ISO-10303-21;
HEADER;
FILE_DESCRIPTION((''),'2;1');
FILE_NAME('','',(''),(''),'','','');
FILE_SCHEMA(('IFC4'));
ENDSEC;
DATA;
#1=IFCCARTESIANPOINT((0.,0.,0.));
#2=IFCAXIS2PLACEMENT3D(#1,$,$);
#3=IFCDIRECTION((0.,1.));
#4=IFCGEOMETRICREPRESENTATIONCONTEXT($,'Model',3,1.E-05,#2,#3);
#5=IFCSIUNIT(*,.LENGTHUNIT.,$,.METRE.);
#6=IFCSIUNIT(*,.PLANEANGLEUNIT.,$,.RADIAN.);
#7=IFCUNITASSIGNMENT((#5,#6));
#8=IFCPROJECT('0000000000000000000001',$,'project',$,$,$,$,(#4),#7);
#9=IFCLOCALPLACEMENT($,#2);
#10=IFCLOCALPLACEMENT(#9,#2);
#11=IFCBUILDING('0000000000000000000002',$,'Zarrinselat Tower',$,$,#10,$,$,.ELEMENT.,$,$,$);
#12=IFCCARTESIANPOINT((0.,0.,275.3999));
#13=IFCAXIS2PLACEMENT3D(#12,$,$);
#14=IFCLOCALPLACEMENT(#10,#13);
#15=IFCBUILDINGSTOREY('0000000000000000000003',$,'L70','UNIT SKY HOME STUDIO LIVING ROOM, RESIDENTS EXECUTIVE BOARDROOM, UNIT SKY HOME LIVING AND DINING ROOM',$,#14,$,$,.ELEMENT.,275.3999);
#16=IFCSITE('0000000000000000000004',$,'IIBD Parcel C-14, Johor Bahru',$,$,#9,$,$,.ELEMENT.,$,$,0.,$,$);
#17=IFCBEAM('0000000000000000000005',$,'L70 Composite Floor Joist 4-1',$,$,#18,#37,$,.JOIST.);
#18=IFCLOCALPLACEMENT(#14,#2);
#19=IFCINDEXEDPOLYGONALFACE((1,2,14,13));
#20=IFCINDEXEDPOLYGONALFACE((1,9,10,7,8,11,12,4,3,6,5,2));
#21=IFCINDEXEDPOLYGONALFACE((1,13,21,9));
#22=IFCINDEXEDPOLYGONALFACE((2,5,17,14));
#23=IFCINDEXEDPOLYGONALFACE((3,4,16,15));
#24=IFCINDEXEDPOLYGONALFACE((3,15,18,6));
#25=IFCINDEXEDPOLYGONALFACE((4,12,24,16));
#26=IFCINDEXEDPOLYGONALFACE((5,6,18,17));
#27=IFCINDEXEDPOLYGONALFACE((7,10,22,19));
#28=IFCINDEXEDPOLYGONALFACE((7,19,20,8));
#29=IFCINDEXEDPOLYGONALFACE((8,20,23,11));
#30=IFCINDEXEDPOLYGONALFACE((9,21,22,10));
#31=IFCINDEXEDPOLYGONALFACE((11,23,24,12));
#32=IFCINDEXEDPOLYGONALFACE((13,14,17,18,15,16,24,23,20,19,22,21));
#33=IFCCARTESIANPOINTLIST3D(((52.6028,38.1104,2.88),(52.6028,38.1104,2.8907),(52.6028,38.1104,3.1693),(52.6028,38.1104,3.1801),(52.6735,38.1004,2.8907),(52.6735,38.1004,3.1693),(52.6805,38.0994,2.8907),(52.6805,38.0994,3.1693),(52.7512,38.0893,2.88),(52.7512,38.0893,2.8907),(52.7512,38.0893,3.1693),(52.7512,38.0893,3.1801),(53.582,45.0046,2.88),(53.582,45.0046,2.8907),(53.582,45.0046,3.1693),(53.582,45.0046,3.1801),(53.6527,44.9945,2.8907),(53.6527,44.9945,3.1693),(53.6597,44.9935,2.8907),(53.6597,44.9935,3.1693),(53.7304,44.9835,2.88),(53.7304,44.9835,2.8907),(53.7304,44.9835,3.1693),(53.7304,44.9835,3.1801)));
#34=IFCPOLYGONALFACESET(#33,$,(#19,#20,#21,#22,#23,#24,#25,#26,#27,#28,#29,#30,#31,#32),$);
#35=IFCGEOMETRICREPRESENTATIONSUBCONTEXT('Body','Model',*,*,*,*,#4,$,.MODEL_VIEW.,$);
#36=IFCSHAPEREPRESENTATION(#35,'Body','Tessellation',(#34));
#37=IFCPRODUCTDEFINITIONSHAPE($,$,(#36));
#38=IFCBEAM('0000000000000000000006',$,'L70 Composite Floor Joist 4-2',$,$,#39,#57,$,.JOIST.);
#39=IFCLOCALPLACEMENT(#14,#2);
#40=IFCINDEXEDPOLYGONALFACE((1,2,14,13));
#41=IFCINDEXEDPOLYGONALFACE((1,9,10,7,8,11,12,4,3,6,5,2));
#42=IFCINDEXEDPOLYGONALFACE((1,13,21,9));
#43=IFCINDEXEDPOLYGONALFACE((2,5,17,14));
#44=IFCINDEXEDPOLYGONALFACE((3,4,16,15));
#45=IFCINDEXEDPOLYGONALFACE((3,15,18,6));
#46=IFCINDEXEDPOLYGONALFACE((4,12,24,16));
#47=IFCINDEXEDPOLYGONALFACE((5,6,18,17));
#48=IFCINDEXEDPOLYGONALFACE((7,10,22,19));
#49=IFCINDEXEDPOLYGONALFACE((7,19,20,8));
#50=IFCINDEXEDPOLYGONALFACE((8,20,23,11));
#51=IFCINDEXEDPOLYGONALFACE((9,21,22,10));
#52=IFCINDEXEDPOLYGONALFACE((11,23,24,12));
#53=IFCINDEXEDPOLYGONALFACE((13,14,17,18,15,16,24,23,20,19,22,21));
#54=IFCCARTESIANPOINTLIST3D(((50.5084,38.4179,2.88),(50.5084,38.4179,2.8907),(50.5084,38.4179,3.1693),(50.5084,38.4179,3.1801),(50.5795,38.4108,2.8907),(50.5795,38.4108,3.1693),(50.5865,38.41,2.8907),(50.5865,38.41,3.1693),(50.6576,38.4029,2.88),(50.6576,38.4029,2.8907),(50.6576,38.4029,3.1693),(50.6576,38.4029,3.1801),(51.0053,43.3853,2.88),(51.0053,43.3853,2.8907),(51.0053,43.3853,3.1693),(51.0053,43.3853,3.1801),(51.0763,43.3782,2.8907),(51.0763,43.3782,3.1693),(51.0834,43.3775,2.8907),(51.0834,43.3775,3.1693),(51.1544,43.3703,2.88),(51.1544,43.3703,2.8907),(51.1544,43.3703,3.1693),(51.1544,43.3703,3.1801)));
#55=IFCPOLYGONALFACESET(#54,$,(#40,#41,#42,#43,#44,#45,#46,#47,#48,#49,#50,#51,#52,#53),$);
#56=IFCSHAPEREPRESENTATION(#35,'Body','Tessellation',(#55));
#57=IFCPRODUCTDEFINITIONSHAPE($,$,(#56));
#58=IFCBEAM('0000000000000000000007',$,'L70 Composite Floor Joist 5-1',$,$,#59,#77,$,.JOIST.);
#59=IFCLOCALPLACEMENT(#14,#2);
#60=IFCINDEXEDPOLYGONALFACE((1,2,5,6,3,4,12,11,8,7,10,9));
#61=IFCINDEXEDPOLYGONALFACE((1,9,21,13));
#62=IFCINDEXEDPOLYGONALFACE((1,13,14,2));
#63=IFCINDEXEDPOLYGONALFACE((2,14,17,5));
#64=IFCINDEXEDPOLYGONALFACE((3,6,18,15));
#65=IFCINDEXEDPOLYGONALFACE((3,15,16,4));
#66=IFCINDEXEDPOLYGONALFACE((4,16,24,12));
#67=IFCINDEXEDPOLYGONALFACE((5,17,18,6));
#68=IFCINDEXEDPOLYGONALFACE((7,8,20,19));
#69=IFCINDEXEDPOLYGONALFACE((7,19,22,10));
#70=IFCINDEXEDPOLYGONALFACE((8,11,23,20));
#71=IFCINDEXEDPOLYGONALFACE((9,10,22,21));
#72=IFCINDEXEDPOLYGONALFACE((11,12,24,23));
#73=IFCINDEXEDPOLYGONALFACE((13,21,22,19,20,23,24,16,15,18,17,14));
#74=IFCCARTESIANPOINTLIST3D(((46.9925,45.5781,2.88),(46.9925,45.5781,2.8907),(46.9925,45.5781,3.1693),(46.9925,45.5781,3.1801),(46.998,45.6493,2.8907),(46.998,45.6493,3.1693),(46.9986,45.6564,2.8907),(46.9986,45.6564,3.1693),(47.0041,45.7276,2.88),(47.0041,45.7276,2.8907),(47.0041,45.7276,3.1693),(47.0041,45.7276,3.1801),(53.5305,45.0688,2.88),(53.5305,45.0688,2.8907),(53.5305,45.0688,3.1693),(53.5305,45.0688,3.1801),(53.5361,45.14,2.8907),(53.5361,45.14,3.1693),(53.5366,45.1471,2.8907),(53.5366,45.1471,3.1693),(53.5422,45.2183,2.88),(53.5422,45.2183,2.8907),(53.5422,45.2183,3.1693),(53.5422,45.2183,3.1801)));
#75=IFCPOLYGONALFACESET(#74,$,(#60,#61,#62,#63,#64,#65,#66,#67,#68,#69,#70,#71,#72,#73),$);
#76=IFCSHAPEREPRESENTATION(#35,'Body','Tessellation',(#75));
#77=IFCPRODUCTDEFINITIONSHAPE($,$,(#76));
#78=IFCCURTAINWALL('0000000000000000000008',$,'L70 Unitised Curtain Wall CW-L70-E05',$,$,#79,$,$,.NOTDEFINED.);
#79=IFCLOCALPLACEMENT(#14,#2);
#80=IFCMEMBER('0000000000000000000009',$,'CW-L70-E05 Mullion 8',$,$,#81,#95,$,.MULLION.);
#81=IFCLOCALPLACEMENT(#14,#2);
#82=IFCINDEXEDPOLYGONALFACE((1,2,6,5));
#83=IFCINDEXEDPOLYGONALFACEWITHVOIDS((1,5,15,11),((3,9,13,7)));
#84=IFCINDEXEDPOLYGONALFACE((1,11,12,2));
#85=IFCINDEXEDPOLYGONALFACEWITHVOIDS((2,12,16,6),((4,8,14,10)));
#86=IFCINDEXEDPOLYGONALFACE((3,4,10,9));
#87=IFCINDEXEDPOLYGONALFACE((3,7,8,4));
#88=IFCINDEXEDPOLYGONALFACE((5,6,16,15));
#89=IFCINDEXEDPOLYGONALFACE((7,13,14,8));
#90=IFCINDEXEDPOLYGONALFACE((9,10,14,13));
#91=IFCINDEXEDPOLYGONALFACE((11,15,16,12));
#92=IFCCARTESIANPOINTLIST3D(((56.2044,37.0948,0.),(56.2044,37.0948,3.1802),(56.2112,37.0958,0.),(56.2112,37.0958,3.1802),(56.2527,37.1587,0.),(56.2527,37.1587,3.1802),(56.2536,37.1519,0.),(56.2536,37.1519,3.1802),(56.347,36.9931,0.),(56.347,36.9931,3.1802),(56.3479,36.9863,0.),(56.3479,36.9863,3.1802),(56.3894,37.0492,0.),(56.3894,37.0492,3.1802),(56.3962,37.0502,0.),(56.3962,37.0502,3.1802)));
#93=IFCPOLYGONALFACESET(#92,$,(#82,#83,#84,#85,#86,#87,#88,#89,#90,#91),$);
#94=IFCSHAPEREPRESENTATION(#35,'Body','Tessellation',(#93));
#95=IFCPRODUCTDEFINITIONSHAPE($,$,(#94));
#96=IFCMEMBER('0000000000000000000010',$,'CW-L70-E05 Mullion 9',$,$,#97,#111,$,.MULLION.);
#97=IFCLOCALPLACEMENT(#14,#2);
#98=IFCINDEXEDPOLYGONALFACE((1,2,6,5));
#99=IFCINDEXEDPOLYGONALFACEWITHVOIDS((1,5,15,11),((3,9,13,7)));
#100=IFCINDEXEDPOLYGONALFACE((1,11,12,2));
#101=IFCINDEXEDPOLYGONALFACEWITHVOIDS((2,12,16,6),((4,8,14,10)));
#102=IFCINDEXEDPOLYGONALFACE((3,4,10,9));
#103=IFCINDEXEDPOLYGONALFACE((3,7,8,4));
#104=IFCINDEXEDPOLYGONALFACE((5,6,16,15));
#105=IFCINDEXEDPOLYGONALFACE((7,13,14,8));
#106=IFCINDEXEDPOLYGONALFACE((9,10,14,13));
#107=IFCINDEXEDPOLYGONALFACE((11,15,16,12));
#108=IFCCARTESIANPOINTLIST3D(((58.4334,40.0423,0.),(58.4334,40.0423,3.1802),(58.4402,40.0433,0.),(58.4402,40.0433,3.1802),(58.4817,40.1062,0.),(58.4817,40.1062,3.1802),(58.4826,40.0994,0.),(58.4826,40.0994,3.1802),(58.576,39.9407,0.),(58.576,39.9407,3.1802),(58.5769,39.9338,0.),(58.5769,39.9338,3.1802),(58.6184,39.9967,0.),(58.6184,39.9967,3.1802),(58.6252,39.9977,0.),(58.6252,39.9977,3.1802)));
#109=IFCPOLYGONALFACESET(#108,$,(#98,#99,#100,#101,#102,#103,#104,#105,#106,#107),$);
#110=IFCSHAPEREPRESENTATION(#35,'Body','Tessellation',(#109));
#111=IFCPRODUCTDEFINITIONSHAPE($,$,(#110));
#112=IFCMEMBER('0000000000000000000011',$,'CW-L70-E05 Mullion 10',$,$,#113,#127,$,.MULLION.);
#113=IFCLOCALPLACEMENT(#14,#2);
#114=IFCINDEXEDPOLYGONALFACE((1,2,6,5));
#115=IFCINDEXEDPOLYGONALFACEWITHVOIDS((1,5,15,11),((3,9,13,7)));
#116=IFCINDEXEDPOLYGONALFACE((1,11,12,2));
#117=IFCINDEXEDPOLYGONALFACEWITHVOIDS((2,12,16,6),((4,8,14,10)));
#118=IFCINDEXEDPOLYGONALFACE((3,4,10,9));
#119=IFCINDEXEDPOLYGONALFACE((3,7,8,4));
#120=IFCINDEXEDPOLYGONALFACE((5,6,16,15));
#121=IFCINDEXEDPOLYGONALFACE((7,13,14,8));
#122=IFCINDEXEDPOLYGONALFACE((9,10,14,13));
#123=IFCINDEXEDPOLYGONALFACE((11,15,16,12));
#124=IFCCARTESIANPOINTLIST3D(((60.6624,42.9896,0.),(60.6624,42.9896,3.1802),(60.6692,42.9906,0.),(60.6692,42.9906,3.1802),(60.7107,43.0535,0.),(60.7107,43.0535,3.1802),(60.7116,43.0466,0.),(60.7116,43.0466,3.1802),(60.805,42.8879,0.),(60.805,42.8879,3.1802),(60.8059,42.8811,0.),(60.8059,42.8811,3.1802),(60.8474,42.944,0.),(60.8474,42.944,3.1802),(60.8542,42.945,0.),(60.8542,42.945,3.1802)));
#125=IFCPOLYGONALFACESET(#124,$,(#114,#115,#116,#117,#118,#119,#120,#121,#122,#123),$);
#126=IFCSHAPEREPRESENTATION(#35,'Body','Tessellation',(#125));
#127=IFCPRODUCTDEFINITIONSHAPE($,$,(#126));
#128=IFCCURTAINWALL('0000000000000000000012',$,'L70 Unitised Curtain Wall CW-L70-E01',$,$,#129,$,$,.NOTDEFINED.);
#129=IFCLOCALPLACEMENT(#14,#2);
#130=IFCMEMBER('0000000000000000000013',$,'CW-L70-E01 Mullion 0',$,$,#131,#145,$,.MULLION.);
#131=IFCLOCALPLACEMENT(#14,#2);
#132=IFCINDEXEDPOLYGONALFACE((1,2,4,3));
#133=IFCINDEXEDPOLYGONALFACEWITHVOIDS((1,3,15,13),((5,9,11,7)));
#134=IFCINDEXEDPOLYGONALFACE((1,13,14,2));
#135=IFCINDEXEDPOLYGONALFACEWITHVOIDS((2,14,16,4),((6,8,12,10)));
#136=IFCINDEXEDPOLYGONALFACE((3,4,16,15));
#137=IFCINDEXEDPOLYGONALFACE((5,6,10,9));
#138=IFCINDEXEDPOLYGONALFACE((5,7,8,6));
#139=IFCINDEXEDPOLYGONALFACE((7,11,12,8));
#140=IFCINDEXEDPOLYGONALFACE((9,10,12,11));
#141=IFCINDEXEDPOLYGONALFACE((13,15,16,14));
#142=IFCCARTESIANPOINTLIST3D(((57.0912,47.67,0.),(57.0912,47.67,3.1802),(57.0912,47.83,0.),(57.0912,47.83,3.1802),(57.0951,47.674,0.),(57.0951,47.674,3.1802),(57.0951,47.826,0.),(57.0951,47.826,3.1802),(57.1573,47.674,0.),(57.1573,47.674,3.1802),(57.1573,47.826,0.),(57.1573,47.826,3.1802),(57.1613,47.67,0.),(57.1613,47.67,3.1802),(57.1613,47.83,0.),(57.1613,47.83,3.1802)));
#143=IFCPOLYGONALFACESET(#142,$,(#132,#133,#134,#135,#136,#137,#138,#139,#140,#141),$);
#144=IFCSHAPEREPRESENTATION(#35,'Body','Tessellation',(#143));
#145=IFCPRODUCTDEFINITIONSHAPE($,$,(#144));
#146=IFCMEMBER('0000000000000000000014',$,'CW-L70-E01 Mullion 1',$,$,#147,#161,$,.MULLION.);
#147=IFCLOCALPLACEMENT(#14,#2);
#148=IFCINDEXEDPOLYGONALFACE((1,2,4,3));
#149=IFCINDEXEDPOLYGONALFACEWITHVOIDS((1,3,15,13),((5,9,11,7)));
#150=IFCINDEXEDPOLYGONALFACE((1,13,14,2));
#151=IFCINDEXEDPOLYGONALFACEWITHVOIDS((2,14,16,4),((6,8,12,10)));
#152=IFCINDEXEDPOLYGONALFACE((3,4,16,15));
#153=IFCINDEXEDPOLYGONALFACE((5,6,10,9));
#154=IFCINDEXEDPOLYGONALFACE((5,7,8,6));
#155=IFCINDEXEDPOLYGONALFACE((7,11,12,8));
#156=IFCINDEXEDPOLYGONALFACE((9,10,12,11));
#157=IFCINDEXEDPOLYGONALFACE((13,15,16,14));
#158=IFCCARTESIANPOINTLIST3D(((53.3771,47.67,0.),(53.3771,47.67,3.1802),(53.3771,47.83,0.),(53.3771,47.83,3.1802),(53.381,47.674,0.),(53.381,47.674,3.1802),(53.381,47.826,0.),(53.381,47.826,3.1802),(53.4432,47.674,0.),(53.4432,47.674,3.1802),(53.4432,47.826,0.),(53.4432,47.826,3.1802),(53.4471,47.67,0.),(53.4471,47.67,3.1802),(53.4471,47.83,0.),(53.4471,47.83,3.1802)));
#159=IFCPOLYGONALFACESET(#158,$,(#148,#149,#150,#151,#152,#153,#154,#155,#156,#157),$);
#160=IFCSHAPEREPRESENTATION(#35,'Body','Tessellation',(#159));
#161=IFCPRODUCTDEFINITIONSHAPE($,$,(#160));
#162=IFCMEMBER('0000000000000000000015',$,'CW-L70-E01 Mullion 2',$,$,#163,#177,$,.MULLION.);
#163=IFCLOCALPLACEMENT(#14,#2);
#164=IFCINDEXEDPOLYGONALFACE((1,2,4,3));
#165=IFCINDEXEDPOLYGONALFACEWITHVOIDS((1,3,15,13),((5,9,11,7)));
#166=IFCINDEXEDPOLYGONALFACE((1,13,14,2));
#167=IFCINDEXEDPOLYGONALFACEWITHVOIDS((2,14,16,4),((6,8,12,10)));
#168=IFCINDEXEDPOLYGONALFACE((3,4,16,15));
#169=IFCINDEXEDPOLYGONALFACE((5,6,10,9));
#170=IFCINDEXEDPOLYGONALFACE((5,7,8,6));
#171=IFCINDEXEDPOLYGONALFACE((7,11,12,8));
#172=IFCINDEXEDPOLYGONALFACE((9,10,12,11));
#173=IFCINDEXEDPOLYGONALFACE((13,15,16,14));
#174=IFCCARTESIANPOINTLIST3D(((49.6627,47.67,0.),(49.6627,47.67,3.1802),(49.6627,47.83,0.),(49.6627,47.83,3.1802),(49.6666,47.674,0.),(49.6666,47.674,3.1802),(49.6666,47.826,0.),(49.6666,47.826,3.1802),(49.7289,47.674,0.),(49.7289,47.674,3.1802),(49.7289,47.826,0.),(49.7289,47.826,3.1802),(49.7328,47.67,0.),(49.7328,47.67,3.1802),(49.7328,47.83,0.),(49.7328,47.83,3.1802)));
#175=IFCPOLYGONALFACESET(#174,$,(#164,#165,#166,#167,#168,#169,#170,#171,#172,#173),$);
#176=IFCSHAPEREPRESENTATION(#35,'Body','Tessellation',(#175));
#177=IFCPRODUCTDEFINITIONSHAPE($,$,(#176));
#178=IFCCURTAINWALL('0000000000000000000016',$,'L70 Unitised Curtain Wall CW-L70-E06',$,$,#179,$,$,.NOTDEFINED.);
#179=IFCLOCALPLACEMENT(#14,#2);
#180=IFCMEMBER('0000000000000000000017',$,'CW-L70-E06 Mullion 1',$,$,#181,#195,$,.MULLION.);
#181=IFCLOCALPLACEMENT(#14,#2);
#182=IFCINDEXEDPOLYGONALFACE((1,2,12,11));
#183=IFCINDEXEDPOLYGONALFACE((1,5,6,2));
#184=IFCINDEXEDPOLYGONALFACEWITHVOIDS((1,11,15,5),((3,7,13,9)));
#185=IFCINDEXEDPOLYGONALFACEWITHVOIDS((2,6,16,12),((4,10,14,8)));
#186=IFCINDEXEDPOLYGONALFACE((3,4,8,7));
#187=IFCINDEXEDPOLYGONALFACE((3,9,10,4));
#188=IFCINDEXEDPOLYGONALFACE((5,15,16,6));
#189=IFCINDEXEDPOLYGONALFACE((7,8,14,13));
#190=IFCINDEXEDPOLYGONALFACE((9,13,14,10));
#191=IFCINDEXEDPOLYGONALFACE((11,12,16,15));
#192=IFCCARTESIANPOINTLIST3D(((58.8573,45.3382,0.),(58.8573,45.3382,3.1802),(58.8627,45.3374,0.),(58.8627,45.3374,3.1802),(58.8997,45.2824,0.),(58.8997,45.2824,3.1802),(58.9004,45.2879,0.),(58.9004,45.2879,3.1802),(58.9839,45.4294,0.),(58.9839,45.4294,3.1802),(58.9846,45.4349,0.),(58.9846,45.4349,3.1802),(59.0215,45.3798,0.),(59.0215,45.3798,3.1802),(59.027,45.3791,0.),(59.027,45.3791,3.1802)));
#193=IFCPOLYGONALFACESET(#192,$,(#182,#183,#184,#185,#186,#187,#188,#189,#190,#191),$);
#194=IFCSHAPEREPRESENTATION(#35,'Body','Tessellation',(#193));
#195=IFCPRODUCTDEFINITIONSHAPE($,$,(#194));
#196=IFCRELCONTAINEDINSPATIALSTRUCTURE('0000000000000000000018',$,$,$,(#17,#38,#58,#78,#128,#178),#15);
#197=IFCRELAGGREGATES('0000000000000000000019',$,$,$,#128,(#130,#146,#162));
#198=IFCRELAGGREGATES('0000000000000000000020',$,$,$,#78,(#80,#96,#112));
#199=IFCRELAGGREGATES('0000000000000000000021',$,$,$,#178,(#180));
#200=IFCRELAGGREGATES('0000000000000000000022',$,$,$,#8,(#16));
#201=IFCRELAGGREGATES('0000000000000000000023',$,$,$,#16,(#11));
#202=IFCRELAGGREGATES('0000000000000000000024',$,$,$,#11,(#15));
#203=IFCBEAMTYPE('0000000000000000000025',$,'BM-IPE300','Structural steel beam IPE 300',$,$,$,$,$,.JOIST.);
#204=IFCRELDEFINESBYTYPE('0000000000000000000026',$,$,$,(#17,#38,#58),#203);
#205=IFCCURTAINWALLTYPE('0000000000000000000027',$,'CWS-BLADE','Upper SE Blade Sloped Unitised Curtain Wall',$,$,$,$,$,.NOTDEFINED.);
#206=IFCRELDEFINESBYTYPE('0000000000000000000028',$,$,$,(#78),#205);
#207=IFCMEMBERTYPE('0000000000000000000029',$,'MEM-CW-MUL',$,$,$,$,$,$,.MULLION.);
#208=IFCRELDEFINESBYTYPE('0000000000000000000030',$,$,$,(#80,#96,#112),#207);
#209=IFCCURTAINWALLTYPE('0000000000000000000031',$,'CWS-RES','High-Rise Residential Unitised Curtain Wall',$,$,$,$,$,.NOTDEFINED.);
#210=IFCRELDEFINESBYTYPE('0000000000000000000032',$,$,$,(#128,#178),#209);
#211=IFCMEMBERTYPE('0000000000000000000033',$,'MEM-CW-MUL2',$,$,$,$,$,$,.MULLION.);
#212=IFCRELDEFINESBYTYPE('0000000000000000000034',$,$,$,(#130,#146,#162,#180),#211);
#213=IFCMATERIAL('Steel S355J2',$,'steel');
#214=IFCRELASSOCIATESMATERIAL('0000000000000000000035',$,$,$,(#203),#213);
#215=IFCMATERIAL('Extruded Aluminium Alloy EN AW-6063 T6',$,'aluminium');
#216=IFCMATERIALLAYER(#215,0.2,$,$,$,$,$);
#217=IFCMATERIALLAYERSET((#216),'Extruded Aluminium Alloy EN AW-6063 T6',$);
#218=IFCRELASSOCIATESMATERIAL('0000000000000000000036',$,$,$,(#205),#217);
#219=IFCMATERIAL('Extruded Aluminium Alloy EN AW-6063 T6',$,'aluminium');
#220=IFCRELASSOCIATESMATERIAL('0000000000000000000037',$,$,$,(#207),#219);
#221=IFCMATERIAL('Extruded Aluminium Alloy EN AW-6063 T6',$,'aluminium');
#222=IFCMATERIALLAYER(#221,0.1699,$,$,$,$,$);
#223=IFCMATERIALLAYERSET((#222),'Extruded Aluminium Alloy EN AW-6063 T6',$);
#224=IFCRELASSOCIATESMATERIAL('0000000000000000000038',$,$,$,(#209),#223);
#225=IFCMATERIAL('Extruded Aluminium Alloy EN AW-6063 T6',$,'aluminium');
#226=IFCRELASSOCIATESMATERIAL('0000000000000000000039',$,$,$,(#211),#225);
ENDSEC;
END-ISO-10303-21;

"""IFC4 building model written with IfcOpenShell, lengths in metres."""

from ifc_helpers import new_model, si_unit, direction, frame, origin, origin_2d, place, context, subcontext, project, spatial, hollow_rectangle, i_section, extrude, material, layer, layer_set, material_profile, profile_set, type_object, element, aggregate, save


model = new_model("IFC4")

# Units and contexts
model_context = context("Model", 3, precision=1e-05, world=origin(), true_north=direction((0.0, 1.0)))
body_context = subcontext(model_context, "Body", "Model", "MODEL_VIEW")
ifc_project = project(units=[si_unit("LENGTHUNIT", "METRE"), si_unit("PLANEANGLEUNIT", "RADIAN")], contexts=[model_context])

# Site, building, storey
site_placement = place(None, origin())
site = spatial("IfcSite", under=ifc_project, at=site_placement, Name="IIBD Parcel C-14, Johor Bahru", CompositionType="ELEMENT", RefElevation=0.0)
building_placement = place(site_placement, origin())
building = spatial("IfcBuilding", under=site, at=building_placement, Name="Zarrinselat Tower", CompositionType="ELEMENT")
storey_placement = place(building_placement, frame((0.0, 0.0, 275.3999)))
storey = spatial("IfcBuildingStorey", under=building, at=storey_placement, Name="L70", Description="UNIT SKY HOME STUDIO LIVING ROOM, RESIDENTS EXECUTIVE BOARDROOM, UNIT SKY HOME LIVING AND DINING ROOM", CompositionType="ELEMENT", Elevation=275.3999)

# Beams
ifc_material_1 = material(Name="Steel S355J2", Category="steel")
ifc_material_profile_1 = material_profile(ifc_material_1, i_section(OverallWidth=0.1499, OverallDepth=0.3, WebThickness=0.0071, FlangeThickness=0.0107, at=origin_2d()), Name="IPE 300")
ifc_profile_set_1 = profile_set([ifc_material_profile_1], Name="Steel S355J2")
beam_type_1 = type_object("IfcBeamType", Name="BM-IPE300", Description="Structural steel beam IPE 300", PredefinedType="JOIST", material=ifc_profile_set_1)
beam_1_placement = place(storey_placement, frame((52.677, 38.0999, 3.03), z_axis=(0.140626, 0.990063, 0.0), x_axis=(-0.990063, 0.140626, 0.0)))
element("IfcBeam", 1, at=beam_1_placement, inside=storey, type_object=beam_type_1, Name="L70 Composite Floor Joist 4-1", PredefinedType="JOIST", context=body_context, shape_type="SweptSolid", body=[
    extrude(i_section(OverallWidth=0.1499, OverallDepth=0.3, WebThickness=0.0071, FlangeThickness=0.0107, at=origin_2d()), origin(), (0.0, 0.0, 1.0), 6.9634),
])
beam_2_placement = place(storey_placement, frame((50.583, 38.4104, 3.03), z_axis=(0.099523, 0.995035, 0.0), x_axis=(-0.995035, 0.099523, 0.0)))
element("IfcBeam", 2, at=beam_2_placement, inside=storey, type_object=beam_type_1, Name="L70 Composite Floor Joist 4-2", PredefinedType="JOIST", context=body_context, shape_type="SweptSolid", body=[
    extrude(i_section(OverallWidth=0.1499, OverallDepth=0.3, WebThickness=0.0071, FlangeThickness=0.0107, at=origin_2d()), origin(), (0.0, 0.0, 1.0), 4.9922),
])
beam_3_placement = place(storey_placement, frame((46.9983, 45.6528, 3.03), z_axis=(0.99698, -0.077659, 0.0), x_axis=(0.077659, 0.99698, 0.0)))
element("IfcBeam", 3, at=beam_3_placement, inside=storey, type_object=beam_type_1, Name="L70 Composite Floor Joist 5-1", PredefinedType="JOIST", context=body_context, shape_type="SweptSolid", body=[
    extrude(i_section(OverallWidth=0.1499, OverallDepth=0.3, WebThickness=0.0071, FlangeThickness=0.0107, at=origin_2d()), origin(), (0.0, 0.0, 1.0), 6.5579),
])

# Curtain walls, members
ifc_material_2 = material(Name="Extruded Aluminium Alloy EN AW-6063 T6", Category="aluminium")
ifc_layer_1 = layer(ifc_material_2, 0.2)
ifc_layer_set_1 = layer_set([ifc_layer_1], Name="Extruded Aluminium Alloy EN AW-6063 T6")
curtain_wall_type_1 = type_object("IfcCurtainWallType", Name="CWS-BLADE", Description="Upper SE Blade Sloped Unitised Curtain Wall", PredefinedType="NOTDEFINED", material=ifc_layer_set_1)
curtain_wall_1_placement = place(storey_placement, origin())
curtain_wall_1 = element("IfcCurtainWall", 4, at=curtain_wall_1_placement, inside=storey, type_object=curtain_wall_type_1, Name="L70 Unitised Curtain Wall CW-L70-E05", PredefinedType="NOTDEFINED")
ifc_material_3 = material(Name="Extruded Aluminium Alloy EN AW-6063 T6", Category="aluminium")
ifc_material_profile_2 = material_profile(ifc_material_3, hollow_rectangle(XDim=0.0801, YDim=0.1799, WallThickness=0.0049, at=origin_2d()), Name="RHS 180x80x5")
ifc_profile_set_2 = profile_set([ifc_material_profile_2], Name="Extruded Aluminium Alloy EN AW-6063 T6")
member_type_1 = type_object("IfcMemberType", Name="MEM-CW-MUL", PredefinedType="MULLION", material=ifc_profile_set_2)
member_1_placement = place(storey_placement, frame((56.3003, 37.0725, 0.0), z_axis=(0.0, 0.0, 1.0), x_axis=(0.60317, 0.797613, 0.0)))
member_1 = element("IfcMember", 5, at=member_1_placement, type_object=member_type_1, Name="CW-L70-E05 Mullion 8", PredefinedType="MULLION", context=body_context, shape_type="SweptSolid", body=[
    extrude(hollow_rectangle(XDim=0.0801, YDim=0.1799, WallThickness=0.0049, at=origin_2d()), origin(), (0.0, 0.0, 1.0), 3.1802),
])
member_2_placement = place(storey_placement, frame((58.5293, 40.02, 0.0), z_axis=(0.0, 0.0, 1.0), x_axis=(0.60317, 0.797613, 0.0)))
member_2 = element("IfcMember", 6, at=member_2_placement, type_object=member_type_1, Name="CW-L70-E05 Mullion 9", PredefinedType="MULLION", context=body_context, shape_type="SweptSolid", body=[
    extrude(hollow_rectangle(XDim=0.0801, YDim=0.1799, WallThickness=0.0049, at=origin_2d()), origin(), (0.0, 0.0, 1.0), 3.1802),
])
member_3_placement = place(storey_placement, frame((60.7583, 42.9673, 0.0), z_axis=(0.0, 0.0, 1.0), x_axis=(0.60317, 0.797613, 0.0)))
member_3 = element("IfcMember", 7, at=member_3_placement, type_object=member_type_1, Name="CW-L70-E05 Mullion 10", PredefinedType="MULLION", context=body_context, shape_type="SweptSolid", body=[
    extrude(hollow_rectangle(XDim=0.0801, YDim=0.1799, WallThickness=0.0049, at=origin_2d()), origin(), (0.0, 0.0, 1.0), 3.1802),
])
ifc_material_4 = material(Name="Extruded Aluminium Alloy EN AW-6063 T6", Category="aluminium")
ifc_layer_2 = layer(ifc_material_4, 0.1699)
ifc_layer_set_2 = layer_set([ifc_layer_2], Name="Extruded Aluminium Alloy EN AW-6063 T6")
curtain_wall_type_2 = type_object("IfcCurtainWallType", Name="CWS-RES", Description="High-Rise Residential Unitised Curtain Wall", PredefinedType="NOTDEFINED", material=ifc_layer_set_2)
curtain_wall_2_placement = place(storey_placement, origin())
curtain_wall_2 = element("IfcCurtainWall", 8, at=curtain_wall_2_placement, inside=storey, type_object=curtain_wall_type_2, Name="L70 Unitised Curtain Wall CW-L70-E01", PredefinedType="NOTDEFINED")
ifc_material_5 = material(Name="Extruded Aluminium Alloy EN AW-6063 T6", Category="aluminium")
ifc_material_profile_3 = material_profile(ifc_material_5, hollow_rectangle(XDim=0.0701, YDim=0.1599, WallThickness=0.0039, at=origin_2d()), Name="RHS 160x70x4")
ifc_profile_set_3 = profile_set([ifc_material_profile_3], Name="Extruded Aluminium Alloy EN AW-6063 T6")
member_type_2 = type_object("IfcMemberType", Name="MEM-CW-MUL2", PredefinedType="MULLION", material=ifc_profile_set_3)
member_4_placement = place(storey_placement, frame((57.1262, 47.75, 0.0), z_axis=(0.0, 0.0, 1.0), x_axis=(-1.0, 0.0, 0.0)))
member_4 = element("IfcMember", 9, at=member_4_placement, type_object=member_type_2, Name="CW-L70-E01 Mullion 0", PredefinedType="MULLION", context=body_context, shape_type="SweptSolid", body=[
    extrude(hollow_rectangle(XDim=0.0701, YDim=0.1599, WallThickness=0.0039, at=origin_2d()), origin(), (0.0, 0.0, 1.0), 3.1802),
])
member_5_placement = place(storey_placement, frame((53.4121, 47.75, 0.0), z_axis=(0.0, 0.0, 1.0), x_axis=(-1.0, 0.0, 0.0)))
member_5 = element("IfcMember", 10, at=member_5_placement, type_object=member_type_2, Name="CW-L70-E01 Mullion 1", PredefinedType="MULLION", context=body_context, shape_type="SweptSolid", body=[
    extrude(hollow_rectangle(XDim=0.0701, YDim=0.1599, WallThickness=0.0039, at=origin_2d()), origin(), (0.0, 0.0, 1.0), 3.1802),
])
member_6_placement = place(storey_placement, frame((49.6978, 47.75, 0.0), z_axis=(0.0, 0.0, 1.0), x_axis=(-1.0, 0.0, 0.0)))
member_6 = element("IfcMember", 11, at=member_6_placement, type_object=member_type_2, Name="CW-L70-E01 Mullion 2", PredefinedType="MULLION", context=body_context, shape_type="SweptSolid", body=[
    extrude(hollow_rectangle(XDim=0.0701, YDim=0.1599, WallThickness=0.0039, at=origin_2d()), origin(), (0.0, 0.0, 1.0), 3.1802),
])

# Curtain wall, member
curtain_wall_3_placement = place(storey_placement, origin())
curtain_wall_3 = element("IfcCurtainWall", 12, at=curtain_wall_3_placement, inside=storey, type_object=curtain_wall_type_2, Name="L70 Unitised Curtain Wall CW-L70-E06", PredefinedType="NOTDEFINED")
member_7_placement = place(storey_placement, frame((58.9421, 45.3586, 0.0), z_axis=(0.0, 0.0, 1.0), x_axis=(-0.604782, 0.796391, 0.0)))
member_7 = element("IfcMember", 13, at=member_7_placement, type_object=member_type_2, Name="CW-L70-E06 Mullion 1", PredefinedType="MULLION", context=body_context, shape_type="SweptSolid", body=[
    extrude(hollow_rectangle(XDim=0.0701, YDim=0.1599, WallThickness=0.0039, at=origin_2d()), origin(), (0.0, 0.0, 1.0), 3.1802),
])

aggregate(curtain_wall_2, [member_4, member_5, member_6])
aggregate(curtain_wall_1, [member_1, member_2, member_3])
aggregate(curtain_wall_3, [member_7])

save(model, "model.ifc")
